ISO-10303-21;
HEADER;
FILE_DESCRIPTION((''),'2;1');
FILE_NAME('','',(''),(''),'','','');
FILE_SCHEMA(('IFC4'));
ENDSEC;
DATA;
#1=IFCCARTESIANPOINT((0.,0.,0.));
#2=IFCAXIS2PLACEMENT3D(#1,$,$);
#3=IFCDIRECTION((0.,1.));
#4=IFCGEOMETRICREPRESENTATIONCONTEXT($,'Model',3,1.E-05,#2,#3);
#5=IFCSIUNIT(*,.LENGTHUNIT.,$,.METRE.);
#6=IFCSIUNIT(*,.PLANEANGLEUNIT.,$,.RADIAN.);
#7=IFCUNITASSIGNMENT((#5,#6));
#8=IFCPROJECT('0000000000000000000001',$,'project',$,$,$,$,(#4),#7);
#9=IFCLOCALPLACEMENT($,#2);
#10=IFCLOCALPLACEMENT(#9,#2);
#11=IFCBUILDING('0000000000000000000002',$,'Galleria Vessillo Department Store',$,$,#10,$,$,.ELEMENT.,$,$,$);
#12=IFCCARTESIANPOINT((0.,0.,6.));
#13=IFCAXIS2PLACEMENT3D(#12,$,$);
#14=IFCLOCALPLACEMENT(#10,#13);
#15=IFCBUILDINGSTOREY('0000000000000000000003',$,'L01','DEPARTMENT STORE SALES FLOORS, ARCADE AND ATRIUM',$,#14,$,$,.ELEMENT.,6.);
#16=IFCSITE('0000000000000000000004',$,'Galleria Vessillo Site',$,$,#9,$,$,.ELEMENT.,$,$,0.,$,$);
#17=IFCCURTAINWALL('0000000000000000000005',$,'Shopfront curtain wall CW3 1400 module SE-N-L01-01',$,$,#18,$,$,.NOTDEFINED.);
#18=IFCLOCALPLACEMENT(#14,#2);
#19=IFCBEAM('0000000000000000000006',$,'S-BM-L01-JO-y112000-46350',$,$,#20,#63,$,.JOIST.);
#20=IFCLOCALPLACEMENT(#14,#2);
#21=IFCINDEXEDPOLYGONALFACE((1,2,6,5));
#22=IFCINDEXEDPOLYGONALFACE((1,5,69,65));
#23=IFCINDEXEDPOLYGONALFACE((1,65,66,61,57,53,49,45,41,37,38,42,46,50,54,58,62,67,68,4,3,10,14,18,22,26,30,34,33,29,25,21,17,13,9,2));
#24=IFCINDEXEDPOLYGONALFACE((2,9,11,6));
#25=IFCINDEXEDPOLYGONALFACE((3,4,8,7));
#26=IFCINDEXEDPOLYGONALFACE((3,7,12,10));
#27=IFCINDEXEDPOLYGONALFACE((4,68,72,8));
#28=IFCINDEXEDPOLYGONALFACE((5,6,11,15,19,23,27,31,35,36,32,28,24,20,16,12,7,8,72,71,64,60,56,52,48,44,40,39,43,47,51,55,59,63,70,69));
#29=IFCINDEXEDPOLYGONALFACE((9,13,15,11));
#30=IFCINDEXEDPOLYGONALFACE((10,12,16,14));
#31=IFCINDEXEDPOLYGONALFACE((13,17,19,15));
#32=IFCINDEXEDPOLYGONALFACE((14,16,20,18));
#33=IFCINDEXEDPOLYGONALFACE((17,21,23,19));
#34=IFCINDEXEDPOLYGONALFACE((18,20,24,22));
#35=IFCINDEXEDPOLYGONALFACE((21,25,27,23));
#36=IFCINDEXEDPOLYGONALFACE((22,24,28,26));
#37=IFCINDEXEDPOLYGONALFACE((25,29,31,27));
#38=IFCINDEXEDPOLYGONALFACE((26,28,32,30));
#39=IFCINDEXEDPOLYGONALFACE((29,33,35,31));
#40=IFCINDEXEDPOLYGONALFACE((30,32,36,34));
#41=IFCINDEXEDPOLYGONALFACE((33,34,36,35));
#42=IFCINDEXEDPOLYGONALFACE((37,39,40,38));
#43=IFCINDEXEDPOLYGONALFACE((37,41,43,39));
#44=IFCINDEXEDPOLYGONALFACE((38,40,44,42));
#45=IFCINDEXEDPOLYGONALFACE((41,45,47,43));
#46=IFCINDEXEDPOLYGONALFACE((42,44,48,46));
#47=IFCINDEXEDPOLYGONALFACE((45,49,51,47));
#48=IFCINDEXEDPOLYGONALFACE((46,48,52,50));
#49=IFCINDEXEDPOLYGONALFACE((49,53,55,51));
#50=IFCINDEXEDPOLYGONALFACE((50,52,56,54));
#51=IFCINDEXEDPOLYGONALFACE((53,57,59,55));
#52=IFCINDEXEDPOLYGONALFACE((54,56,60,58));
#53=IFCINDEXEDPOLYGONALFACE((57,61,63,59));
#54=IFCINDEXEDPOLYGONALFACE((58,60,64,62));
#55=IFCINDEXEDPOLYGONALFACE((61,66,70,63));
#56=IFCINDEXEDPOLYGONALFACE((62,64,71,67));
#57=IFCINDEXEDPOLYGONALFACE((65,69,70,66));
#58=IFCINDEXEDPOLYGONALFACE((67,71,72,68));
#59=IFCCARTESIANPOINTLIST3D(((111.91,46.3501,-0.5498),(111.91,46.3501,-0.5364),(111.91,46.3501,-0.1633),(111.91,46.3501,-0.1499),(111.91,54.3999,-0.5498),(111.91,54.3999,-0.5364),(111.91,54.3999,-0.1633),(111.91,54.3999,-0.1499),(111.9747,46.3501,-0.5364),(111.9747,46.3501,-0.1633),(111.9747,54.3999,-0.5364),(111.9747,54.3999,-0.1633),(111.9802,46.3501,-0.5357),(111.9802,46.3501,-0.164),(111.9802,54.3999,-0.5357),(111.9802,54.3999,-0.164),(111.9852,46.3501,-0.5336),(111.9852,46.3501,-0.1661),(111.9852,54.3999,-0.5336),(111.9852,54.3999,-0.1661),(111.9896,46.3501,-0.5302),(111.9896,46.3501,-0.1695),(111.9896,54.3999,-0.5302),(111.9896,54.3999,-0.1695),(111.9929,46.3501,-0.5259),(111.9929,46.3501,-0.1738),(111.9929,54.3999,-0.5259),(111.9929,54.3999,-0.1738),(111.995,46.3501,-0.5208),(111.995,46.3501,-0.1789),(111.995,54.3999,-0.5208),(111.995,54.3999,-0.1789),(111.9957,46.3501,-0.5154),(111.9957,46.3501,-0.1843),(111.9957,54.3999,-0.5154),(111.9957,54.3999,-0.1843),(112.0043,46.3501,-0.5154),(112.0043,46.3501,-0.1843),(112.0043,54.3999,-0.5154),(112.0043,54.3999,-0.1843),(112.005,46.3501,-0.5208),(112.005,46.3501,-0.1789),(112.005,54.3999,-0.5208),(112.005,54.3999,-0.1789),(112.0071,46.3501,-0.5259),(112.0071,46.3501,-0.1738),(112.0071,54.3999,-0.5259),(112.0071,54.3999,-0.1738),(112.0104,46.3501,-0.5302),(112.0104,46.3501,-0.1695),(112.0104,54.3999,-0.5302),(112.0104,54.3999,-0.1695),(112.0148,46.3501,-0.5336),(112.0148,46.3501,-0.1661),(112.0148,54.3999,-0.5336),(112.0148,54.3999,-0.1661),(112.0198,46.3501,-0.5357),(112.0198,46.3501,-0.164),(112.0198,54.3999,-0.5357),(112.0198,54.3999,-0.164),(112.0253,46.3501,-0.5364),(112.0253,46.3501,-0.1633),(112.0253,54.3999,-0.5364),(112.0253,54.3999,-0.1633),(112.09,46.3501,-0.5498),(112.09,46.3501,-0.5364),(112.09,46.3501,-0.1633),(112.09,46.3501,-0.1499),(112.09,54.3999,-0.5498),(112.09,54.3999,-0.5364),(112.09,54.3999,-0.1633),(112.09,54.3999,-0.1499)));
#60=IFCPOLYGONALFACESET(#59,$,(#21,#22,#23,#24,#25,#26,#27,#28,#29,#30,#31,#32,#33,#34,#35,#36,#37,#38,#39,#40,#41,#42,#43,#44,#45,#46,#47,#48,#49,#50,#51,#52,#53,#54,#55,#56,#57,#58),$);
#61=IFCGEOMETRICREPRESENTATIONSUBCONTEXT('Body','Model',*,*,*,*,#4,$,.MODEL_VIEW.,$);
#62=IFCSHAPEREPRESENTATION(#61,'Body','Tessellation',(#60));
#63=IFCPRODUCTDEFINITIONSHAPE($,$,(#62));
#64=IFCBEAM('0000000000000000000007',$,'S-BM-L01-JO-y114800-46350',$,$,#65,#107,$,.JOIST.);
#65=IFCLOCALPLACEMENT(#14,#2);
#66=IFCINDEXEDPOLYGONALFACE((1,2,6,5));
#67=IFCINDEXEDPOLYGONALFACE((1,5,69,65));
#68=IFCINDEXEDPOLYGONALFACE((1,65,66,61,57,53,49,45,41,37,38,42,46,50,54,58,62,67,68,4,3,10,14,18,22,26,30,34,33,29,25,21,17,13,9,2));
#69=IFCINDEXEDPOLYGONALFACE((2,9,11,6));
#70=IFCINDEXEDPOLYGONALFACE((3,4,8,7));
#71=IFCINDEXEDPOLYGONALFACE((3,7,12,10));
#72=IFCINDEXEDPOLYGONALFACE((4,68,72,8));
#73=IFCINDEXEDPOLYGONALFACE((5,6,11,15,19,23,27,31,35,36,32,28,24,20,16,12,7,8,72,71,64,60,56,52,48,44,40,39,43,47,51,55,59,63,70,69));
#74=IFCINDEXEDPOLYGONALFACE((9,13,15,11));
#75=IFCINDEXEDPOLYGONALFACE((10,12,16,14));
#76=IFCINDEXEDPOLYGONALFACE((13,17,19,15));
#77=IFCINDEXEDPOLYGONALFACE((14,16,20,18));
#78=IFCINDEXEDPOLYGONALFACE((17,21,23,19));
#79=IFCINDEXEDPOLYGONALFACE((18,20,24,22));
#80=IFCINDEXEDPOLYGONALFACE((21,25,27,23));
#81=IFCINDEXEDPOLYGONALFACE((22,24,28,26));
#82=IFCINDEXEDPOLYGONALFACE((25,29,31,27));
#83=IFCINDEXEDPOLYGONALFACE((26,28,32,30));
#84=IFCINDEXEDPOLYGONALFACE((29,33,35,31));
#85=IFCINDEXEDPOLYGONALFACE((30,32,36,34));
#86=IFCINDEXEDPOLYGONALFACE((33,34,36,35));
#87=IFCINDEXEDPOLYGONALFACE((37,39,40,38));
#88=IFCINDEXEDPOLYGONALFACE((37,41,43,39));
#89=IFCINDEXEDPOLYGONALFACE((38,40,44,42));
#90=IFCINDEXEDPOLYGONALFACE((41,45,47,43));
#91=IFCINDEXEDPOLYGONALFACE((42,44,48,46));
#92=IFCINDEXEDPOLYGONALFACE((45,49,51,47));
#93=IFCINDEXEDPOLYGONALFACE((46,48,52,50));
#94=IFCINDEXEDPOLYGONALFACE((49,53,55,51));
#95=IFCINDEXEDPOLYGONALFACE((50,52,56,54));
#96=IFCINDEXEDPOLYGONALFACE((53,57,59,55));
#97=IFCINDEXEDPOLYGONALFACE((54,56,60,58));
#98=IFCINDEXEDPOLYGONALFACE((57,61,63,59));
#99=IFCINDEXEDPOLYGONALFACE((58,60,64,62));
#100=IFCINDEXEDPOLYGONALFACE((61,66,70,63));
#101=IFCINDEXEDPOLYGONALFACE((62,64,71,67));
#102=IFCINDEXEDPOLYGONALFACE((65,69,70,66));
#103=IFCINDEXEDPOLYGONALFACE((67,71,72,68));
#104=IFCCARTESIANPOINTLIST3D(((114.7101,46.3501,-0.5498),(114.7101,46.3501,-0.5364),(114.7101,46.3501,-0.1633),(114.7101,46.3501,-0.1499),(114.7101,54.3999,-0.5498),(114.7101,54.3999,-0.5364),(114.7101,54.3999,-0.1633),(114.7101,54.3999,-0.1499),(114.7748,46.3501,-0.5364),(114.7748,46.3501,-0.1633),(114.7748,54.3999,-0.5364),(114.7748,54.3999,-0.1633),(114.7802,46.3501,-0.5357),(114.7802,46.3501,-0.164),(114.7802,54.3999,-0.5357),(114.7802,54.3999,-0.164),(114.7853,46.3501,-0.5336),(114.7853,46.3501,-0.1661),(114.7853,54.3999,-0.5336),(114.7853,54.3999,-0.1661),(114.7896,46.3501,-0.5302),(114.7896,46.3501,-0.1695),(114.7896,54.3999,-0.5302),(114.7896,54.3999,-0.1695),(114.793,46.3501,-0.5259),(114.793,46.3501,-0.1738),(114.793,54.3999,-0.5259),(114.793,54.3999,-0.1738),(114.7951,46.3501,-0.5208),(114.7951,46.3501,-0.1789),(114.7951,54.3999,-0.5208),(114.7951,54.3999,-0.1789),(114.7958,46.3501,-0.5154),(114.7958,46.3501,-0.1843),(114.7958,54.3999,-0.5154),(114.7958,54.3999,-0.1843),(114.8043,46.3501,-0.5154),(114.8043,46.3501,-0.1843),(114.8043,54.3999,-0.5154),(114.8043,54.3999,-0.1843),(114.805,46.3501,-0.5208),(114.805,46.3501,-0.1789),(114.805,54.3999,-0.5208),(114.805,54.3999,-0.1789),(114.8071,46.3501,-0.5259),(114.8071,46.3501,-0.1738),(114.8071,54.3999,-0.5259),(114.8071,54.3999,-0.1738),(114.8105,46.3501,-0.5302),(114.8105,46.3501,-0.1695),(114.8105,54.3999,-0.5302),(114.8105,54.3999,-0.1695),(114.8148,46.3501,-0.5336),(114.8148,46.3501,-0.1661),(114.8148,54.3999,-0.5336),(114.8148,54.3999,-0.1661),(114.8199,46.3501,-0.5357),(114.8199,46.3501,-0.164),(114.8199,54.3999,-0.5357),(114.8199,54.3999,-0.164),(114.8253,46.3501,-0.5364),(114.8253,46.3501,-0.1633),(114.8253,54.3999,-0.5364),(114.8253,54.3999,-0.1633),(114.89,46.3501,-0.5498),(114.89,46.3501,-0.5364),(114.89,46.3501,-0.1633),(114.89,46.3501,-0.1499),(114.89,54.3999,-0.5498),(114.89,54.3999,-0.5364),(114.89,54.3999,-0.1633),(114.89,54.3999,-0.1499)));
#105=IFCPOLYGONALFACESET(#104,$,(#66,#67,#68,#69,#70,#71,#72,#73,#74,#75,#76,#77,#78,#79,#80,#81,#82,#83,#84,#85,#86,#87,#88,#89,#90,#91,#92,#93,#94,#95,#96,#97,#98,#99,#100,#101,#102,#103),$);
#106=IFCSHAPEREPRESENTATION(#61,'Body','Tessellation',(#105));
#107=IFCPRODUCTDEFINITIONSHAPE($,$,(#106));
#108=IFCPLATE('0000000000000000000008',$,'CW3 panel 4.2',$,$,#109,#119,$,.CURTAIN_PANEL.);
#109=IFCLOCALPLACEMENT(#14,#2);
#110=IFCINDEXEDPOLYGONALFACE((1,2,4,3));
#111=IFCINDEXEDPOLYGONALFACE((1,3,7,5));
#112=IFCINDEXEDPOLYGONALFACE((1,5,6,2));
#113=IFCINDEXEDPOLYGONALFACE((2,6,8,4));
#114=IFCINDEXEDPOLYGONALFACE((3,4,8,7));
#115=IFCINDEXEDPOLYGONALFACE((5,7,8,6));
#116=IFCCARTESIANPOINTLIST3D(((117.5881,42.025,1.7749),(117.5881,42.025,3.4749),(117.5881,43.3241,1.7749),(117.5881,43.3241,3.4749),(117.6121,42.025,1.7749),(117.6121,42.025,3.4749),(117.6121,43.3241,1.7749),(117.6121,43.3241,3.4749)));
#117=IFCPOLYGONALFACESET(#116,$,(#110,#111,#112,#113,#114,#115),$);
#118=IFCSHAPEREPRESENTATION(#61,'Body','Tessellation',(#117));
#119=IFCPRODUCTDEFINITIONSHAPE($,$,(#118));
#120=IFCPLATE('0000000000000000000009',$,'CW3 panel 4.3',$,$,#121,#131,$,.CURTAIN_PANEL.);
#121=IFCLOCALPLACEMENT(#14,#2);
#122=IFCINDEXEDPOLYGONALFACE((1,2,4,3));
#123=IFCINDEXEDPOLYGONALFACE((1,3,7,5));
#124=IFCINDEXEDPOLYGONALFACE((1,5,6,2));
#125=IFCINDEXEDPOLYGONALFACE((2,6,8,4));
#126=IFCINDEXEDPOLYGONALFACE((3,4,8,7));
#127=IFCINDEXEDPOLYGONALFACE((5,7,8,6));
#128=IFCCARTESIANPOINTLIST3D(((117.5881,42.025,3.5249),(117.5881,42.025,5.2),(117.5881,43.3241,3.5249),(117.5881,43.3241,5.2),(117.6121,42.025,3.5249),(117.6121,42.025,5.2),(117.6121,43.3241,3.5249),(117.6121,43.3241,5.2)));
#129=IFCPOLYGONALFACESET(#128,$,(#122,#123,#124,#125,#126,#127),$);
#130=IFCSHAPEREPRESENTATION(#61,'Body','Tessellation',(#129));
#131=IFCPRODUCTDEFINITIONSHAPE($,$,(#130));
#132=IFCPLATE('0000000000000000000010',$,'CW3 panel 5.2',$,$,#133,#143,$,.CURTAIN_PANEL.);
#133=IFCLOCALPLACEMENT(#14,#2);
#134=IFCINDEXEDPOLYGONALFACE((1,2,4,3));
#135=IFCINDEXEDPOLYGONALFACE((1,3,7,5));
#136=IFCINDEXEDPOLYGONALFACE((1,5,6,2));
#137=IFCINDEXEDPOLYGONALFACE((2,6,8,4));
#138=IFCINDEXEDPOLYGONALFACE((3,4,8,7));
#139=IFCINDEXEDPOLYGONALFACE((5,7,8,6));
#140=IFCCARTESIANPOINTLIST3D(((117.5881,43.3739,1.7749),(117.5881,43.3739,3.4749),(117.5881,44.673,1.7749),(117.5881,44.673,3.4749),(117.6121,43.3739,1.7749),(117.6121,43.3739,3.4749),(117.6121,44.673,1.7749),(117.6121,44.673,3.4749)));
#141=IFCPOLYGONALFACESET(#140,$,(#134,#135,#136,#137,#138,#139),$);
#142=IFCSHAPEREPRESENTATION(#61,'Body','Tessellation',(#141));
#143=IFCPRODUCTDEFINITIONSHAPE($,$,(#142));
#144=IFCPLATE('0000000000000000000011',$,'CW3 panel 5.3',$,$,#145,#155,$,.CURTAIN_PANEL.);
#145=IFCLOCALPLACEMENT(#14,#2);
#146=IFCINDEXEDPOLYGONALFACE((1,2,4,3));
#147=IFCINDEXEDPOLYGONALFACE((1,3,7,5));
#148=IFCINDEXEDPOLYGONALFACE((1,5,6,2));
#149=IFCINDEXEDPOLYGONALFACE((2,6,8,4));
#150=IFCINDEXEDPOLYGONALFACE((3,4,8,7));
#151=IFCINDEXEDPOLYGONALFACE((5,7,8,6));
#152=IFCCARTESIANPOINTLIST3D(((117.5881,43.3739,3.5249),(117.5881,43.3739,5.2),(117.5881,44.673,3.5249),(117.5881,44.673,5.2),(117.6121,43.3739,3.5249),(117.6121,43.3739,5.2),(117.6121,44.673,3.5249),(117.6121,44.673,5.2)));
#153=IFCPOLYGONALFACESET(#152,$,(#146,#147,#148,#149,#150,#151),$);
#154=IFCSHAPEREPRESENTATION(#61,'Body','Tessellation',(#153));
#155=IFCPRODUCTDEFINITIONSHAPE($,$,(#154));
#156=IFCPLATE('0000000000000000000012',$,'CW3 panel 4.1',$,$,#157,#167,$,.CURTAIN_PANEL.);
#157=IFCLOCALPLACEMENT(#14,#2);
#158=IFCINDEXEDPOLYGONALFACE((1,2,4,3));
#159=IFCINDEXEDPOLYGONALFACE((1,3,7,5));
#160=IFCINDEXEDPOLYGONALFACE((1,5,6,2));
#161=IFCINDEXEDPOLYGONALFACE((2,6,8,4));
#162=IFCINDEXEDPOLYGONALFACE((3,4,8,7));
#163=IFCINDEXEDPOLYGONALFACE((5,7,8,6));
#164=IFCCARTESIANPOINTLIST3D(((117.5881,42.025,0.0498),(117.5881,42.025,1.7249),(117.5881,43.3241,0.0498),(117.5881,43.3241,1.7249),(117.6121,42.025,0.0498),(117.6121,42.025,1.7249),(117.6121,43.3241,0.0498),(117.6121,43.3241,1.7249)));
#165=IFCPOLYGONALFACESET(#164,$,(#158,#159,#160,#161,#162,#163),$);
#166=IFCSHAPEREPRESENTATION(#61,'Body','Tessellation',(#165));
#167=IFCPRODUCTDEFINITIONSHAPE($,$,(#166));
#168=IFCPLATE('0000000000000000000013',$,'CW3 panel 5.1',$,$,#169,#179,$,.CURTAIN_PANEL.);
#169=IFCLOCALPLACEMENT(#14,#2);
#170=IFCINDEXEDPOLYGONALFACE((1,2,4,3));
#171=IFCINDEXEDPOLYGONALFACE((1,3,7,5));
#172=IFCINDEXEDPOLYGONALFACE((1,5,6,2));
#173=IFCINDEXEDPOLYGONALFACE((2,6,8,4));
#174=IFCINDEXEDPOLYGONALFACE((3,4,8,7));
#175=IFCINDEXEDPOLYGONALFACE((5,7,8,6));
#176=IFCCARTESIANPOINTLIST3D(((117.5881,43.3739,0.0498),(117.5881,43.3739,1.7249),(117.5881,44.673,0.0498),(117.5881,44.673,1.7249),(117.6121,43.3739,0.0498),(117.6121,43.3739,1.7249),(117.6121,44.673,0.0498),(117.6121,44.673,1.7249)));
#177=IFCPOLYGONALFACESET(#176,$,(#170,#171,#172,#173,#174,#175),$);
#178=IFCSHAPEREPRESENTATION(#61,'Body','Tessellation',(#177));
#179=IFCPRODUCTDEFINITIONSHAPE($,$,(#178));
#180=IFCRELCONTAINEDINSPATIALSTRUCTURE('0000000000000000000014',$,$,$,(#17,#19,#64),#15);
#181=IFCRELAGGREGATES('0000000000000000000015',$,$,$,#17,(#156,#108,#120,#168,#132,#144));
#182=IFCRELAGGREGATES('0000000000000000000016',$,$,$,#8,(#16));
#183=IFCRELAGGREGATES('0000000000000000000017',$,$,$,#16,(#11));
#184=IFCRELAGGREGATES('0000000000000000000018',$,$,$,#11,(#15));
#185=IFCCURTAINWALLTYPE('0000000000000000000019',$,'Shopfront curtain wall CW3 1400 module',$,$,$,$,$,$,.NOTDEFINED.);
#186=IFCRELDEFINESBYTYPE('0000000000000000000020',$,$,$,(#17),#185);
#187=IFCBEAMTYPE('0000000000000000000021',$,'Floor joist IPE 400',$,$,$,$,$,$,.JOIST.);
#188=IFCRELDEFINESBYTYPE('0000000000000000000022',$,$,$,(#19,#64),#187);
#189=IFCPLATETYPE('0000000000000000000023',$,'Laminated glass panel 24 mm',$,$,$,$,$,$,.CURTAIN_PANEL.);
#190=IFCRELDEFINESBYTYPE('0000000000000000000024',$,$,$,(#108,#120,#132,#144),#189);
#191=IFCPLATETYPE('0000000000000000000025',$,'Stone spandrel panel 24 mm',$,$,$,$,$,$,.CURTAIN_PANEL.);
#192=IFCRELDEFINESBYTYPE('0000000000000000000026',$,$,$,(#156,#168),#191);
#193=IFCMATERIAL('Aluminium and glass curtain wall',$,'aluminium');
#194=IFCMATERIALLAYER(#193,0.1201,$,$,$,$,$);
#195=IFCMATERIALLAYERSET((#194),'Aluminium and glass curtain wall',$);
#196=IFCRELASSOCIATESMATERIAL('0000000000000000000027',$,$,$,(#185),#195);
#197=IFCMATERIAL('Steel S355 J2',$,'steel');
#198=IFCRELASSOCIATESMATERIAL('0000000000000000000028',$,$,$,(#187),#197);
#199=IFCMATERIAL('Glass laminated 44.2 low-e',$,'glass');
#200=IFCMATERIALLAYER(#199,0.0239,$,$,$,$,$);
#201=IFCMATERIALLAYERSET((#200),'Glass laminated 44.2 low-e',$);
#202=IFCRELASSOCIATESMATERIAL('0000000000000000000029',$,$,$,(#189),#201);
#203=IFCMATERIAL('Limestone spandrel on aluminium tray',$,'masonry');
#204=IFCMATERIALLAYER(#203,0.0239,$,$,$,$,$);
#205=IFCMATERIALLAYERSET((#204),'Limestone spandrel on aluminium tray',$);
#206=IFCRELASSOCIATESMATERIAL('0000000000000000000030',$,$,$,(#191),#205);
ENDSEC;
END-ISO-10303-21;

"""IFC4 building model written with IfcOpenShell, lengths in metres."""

from ifc_helpers import new_model, si_unit, direction, frame, origin, origin_2d, place, context, subcontext, project, spatial, rectangle, i_section, extrude, material, layer, layer_set, material_profile, profile_set, type_object, element, aggregate, save


model = new_model("IFC4")

# Units and contexts
model_context = context("Model", 3, precision=1e-05, world=origin(), true_north=direction((0.0, 1.0)))
body_context = subcontext(model_context, "Body", "Model", "MODEL_VIEW")
ifc_project = project(units=[si_unit("LENGTHUNIT", "METRE"), si_unit("PLANEANGLEUNIT", "RADIAN")], contexts=[model_context])

# Site, building, storey
site_placement = place(None, origin())
site = spatial("IfcSite", under=ifc_project, at=site_placement, Name="Galleria Vessillo Site", CompositionType="ELEMENT", RefElevation=0.0)
building_placement = place(site_placement, origin())
building = spatial("IfcBuilding", under=site, at=building_placement, Name="Galleria Vessillo Department Store", CompositionType="ELEMENT")
storey_placement = place(building_placement, frame((0.0, 0.0, 6.0)))
storey = spatial("IfcBuildingStorey", under=building, at=storey_placement, Name="L01", Description="DEPARTMENT STORE SALES FLOORS, ARCADE AND ATRIUM", CompositionType="ELEMENT", Elevation=6.0)

# Curtain wall
ifc_material_1 = material(Name="Aluminium and glass curtain wall", Category="aluminium")
ifc_layer_1 = layer(ifc_material_1, 0.1201)
ifc_layer_set_1 = layer_set([ifc_layer_1], Name="Aluminium and glass curtain wall")
curtain_wall_type = type_object("IfcCurtainWallType", Name="Shopfront curtain wall CW3 1400 module", PredefinedType="NOTDEFINED", material=ifc_layer_set_1)
curtain_wall_placement = place(storey_placement, origin())
curtain_wall = element("IfcCurtainWall", 1, at=curtain_wall_placement, inside=storey, type_object=curtain_wall_type, Name="Shopfront curtain wall CW3 1400 module SE-N-L01-01", PredefinedType="NOTDEFINED")

# Beams
ifc_material_2 = material(Name="Steel S355 J2", Category="steel")
ifc_material_profile_1 = material_profile(ifc_material_2, i_section(OverallWidth=0.1799, OverallDepth=0.3999, WebThickness=0.0085, FlangeThickness=0.0134, FilletRadius=0.021, at=origin_2d()), Name="IPE 400")
ifc_profile_set_1 = profile_set([ifc_material_profile_1], Name="Steel S355 J2")
beam_type_1 = type_object("IfcBeamType", Name="Floor joist IPE 400", PredefinedType="JOIST", material=ifc_profile_set_1)
for number, where, z_axis, x_axis, name in (
    (2, (112.0, 46.3501, -0.3499), (0.0, 1.0, 0.0), (-1.0, 0.0, 0.0), "S-BM-L01-JO-y112000-46350"),
    (3, (114.8, 46.3501, -0.3499), (0.0, 1.0, 0.0), (-1.0, 0.0, 0.0), "S-BM-L01-JO-y114800-46350"),
):
    element("IfcBeam", number, at=place(storey_placement, frame(where, z_axis=z_axis, x_axis=x_axis)), inside=storey, type_object=beam_type_1, Name=name, PredefinedType="JOIST", context=body_context, shape_type="SweptSolid", body=[
        extrude(i_section(OverallWidth=0.1799, OverallDepth=0.3999, WebThickness=0.0085, FlangeThickness=0.0134, FilletRadius=0.021, at=origin_2d()), origin(), (0.0, 0.0, 1.0), 8.0498),
    ])

# Plates
ifc_material_3 = material(Name="Glass laminated 44.2 low-e", Category="glass")
ifc_layer_2 = layer(ifc_material_3, 0.0239)
ifc_layer_set_2 = layer_set([ifc_layer_2], Name="Glass laminated 44.2 low-e")
plate_type_1 = type_object("IfcPlateType", Name="Laminated glass panel 24 mm", PredefinedType="CURTAIN_PANEL", material=ifc_layer_set_2)
plate_1_placement = place(storey_placement, frame((117.6001, 42.6746, 1.7749), z_axis=(0.0, 0.0, 1.0), x_axis=(0.0, 1.0, 0.0)))
plate_1 = element("IfcPlate", 4, at=plate_1_placement, type_object=plate_type_1, Name="CW3 panel 4.2", PredefinedType="CURTAIN_PANEL", context=body_context, shape_type="SweptSolid", body=[
    extrude(rectangle(XDim=1.2991, YDim=0.0239, at=origin_2d()), origin(), (0.0, 0.0, 1.0), 1.7),
])
plate_2_placement = place(storey_placement, frame((117.6001, 42.6746, 3.5249), z_axis=(0.0, 0.0, 1.0), x_axis=(0.0, 1.0, 0.0)))
plate_2 = element("IfcPlate", 5, at=plate_2_placement, type_object=plate_type_1, Name="CW3 panel 4.3", PredefinedType="CURTAIN_PANEL", context=body_context, shape_type="SweptSolid", body=[
    extrude(rectangle(XDim=1.2991, YDim=0.0239, at=origin_2d()), origin(), (0.0, 0.0, 1.0), 1.675),
])
plate_3_placement = place(storey_placement, frame((117.6001, 44.0234, 1.7749), z_axis=(0.0, 0.0, 1.0), x_axis=(0.0, 1.0, 0.0)))
plate_3 = element("IfcPlate", 6, at=plate_3_placement, type_object=plate_type_1, Name="CW3 panel 5.2", PredefinedType="CURTAIN_PANEL", context=body_context, shape_type="SweptSolid", body=[
    extrude(rectangle(XDim=1.2991, YDim=0.0239, at=origin_2d()), origin(), (0.0, 0.0, 1.0), 1.7),
])
plate_4_placement = place(storey_placement, frame((117.6001, 44.0234, 3.5249), z_axis=(0.0, 0.0, 1.0), x_axis=(0.0, 1.0, 0.0)))
plate_4 = element("IfcPlate", 7, at=plate_4_placement, type_object=plate_type_1, Name="CW3 panel 5.3", PredefinedType="CURTAIN_PANEL", context=body_context, shape_type="SweptSolid", body=[
    extrude(rectangle(XDim=1.2991, YDim=0.0239, at=origin_2d()), origin(), (0.0, 0.0, 1.0), 1.675),
])
ifc_material_4 = material(Name="Limestone spandrel on aluminium tray", Category="masonry")
ifc_layer_3 = layer(ifc_material_4, 0.0239)
ifc_layer_set_3 = layer_set([ifc_layer_3], Name="Limestone spandrel on aluminium tray")
plate_type_2 = type_object("IfcPlateType", Name="Stone spandrel panel 24 mm", PredefinedType="CURTAIN_PANEL", material=ifc_layer_set_3)
plate_5_placement = place(storey_placement, frame((117.6001, 42.6746, 0.0498), z_axis=(0.0, 0.0, 1.0), x_axis=(0.0, 1.0, 0.0)))
plate_5 = element("IfcPlate", 8, at=plate_5_placement, type_object=plate_type_2, Name="CW3 panel 4.1", PredefinedType="CURTAIN_PANEL", context=body_context, shape_type="SweptSolid", body=[
    extrude(rectangle(XDim=1.2991, YDim=0.0239, at=origin_2d()), origin(), (0.0, 0.0, 1.0), 1.675),
])
plate_6_placement = place(storey_placement, frame((117.6001, 44.0234, 0.0498), z_axis=(0.0, 0.0, 1.0), x_axis=(0.0, 1.0, 0.0)))
plate_6 = element("IfcPlate", 9, at=plate_6_placement, type_object=plate_type_2, Name="CW3 panel 5.1", PredefinedType="CURTAIN_PANEL", context=body_context, shape_type="SweptSolid", body=[
    extrude(rectangle(XDim=1.2991, YDim=0.0239, at=origin_2d()), origin(), (0.0, 0.0, 1.0), 1.675),
])
aggregate(curtain_wall, [plate_5, plate_1, plate_2, plate_6, plate_3, plate_4])

save(model, "model.ifc")
